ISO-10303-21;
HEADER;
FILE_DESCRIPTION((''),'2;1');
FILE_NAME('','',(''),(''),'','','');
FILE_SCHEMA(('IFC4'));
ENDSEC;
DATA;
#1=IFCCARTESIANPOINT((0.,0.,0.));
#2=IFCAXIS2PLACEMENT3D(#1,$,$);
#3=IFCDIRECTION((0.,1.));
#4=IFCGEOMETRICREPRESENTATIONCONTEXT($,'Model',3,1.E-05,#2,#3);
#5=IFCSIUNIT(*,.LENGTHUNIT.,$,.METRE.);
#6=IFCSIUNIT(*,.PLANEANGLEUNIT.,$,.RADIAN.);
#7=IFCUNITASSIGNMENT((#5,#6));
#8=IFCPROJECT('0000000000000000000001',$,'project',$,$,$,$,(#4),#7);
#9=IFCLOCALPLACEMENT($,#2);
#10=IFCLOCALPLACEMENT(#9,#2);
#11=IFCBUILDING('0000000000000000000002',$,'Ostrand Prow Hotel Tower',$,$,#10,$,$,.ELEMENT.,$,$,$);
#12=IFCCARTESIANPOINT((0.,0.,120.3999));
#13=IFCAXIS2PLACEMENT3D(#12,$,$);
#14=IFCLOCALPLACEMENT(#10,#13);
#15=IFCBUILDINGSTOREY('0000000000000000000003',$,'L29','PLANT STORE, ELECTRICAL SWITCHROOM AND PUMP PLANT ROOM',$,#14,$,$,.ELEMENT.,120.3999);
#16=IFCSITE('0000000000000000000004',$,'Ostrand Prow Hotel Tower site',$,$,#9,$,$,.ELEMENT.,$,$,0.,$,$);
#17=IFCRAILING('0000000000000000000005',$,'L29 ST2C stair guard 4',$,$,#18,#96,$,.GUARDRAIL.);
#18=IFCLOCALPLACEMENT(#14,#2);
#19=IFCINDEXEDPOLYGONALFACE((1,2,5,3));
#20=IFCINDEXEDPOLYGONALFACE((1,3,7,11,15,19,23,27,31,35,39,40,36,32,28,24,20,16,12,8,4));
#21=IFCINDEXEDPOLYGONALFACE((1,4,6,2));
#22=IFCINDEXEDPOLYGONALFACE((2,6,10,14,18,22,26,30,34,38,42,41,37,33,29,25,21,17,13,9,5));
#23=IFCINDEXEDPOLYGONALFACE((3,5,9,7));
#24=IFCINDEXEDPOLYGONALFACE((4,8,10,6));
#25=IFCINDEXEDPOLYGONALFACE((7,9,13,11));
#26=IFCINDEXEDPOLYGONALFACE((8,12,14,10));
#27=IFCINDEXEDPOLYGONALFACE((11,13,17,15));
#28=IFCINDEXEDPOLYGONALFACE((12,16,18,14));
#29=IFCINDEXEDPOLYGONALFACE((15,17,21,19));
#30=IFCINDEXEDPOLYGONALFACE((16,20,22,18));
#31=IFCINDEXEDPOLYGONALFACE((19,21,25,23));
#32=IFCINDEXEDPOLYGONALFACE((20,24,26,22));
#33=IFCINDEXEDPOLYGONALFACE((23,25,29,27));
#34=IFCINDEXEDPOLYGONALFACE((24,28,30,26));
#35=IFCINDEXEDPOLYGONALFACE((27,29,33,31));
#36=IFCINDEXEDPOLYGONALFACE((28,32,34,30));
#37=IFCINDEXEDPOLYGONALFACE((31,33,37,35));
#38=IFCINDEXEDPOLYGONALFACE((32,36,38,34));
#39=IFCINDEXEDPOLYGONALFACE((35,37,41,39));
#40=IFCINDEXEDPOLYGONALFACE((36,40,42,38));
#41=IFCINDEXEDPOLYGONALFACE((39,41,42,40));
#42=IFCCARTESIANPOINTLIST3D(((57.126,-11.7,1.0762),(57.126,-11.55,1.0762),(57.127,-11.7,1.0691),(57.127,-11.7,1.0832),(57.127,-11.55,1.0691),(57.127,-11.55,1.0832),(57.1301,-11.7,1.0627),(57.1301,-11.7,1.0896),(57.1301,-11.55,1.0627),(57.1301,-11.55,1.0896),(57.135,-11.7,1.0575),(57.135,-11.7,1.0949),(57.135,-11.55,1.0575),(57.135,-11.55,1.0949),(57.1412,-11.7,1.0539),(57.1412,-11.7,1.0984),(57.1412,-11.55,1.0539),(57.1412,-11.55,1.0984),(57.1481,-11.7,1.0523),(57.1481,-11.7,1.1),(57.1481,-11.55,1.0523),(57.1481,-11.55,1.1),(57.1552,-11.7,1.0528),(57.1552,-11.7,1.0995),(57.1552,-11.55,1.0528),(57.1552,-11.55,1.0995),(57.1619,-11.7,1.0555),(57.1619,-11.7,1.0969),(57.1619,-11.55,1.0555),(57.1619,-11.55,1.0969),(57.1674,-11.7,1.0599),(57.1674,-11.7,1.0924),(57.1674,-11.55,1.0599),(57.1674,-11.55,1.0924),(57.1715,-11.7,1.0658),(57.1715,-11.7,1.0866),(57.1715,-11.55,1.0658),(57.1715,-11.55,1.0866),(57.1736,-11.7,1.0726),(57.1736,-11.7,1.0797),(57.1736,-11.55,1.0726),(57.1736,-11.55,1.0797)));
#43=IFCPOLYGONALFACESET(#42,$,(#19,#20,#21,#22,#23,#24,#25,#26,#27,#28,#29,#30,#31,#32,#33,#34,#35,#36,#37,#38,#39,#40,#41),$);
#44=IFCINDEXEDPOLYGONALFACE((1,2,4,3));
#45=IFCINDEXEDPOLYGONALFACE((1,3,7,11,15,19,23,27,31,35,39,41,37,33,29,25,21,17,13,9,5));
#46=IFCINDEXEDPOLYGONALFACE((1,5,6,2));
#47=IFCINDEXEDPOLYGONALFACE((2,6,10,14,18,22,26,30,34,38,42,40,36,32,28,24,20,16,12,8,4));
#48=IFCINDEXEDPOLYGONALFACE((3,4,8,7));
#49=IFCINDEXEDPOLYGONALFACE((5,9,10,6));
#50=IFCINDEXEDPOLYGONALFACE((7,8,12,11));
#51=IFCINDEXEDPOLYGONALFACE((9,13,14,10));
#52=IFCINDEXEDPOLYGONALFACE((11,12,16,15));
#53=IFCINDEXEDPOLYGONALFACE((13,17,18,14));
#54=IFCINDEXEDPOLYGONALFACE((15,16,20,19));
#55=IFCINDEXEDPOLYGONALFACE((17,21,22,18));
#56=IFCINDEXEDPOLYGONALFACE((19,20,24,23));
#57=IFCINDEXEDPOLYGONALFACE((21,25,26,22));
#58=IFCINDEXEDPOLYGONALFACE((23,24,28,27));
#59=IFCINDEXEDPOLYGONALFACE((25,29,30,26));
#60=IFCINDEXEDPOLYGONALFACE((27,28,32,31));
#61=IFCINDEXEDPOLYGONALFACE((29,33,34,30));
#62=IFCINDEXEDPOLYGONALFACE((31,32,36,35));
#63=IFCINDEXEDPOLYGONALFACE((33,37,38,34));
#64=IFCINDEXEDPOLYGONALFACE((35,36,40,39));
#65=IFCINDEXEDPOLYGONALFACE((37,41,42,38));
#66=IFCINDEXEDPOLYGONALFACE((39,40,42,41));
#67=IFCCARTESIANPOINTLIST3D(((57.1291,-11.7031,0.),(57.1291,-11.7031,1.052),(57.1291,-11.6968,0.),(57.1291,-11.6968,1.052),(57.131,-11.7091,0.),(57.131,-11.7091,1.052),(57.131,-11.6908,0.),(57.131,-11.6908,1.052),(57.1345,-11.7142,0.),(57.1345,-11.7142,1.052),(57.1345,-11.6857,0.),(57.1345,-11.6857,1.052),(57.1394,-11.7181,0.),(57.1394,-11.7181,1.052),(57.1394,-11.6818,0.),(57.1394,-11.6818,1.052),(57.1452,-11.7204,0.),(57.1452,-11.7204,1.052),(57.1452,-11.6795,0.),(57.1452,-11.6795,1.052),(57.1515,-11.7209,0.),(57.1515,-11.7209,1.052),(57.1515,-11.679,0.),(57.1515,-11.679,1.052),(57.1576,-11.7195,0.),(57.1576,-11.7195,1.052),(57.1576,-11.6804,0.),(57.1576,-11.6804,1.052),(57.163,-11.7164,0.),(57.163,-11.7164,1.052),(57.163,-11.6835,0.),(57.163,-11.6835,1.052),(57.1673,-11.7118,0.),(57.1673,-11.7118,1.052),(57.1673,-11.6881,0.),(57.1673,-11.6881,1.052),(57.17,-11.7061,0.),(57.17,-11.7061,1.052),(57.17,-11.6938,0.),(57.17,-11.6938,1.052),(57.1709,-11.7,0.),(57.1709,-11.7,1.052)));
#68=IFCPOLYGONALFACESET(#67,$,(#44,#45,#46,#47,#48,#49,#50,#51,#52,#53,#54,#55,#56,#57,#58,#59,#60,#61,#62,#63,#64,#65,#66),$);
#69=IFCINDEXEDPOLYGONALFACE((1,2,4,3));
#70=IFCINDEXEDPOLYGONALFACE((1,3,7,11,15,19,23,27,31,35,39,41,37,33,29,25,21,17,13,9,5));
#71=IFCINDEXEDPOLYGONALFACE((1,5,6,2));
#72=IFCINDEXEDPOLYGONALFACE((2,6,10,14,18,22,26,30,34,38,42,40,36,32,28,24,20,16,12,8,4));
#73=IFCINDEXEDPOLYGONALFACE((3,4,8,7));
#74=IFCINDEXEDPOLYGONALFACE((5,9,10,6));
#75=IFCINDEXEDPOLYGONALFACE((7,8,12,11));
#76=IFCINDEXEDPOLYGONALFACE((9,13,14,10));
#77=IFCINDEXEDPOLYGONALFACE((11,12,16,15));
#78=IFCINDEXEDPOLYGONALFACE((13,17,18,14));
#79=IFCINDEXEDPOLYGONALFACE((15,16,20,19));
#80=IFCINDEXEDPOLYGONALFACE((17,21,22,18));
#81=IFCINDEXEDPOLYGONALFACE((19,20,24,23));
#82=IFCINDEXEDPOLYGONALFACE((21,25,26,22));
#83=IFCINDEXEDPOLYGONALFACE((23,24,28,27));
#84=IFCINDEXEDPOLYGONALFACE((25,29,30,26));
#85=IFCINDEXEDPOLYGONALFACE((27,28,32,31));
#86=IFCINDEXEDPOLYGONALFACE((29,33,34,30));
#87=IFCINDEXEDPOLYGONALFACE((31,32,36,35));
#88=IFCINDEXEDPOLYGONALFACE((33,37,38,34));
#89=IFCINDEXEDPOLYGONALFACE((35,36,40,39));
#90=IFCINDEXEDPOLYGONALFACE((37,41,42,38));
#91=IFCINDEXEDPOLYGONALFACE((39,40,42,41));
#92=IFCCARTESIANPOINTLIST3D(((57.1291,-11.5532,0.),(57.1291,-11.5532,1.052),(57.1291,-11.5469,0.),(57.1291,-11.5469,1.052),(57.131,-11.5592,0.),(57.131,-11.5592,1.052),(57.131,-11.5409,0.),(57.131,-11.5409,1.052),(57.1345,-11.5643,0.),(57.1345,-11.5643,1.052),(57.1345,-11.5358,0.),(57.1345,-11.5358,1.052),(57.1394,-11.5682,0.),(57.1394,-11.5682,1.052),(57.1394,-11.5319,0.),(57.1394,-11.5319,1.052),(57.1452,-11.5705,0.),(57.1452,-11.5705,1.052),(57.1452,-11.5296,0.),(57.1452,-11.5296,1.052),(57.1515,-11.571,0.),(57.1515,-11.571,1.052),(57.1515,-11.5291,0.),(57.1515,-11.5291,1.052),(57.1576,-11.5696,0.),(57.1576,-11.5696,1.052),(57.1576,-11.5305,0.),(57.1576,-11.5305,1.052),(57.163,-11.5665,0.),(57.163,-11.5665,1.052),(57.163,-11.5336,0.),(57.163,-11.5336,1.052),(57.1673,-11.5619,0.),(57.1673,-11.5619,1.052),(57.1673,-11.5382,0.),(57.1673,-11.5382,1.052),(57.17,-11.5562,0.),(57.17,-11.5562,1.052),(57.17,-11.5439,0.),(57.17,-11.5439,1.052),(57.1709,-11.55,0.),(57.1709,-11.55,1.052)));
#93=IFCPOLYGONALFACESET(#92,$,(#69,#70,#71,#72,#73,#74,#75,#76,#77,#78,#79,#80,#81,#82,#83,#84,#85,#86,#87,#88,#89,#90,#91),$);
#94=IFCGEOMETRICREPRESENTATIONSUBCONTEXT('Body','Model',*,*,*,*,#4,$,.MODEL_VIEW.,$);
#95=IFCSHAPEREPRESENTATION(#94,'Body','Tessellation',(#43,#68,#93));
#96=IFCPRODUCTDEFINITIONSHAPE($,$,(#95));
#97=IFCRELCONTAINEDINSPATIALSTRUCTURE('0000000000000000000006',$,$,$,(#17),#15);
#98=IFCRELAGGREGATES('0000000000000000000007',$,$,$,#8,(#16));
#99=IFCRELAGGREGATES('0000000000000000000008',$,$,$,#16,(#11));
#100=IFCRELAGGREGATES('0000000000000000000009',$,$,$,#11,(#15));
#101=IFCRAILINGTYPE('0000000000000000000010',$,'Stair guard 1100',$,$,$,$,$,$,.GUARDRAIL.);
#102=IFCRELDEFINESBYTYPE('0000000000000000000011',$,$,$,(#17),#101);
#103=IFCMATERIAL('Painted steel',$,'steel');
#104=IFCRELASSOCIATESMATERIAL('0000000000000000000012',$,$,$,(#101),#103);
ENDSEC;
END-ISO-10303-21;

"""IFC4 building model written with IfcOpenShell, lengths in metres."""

from ifc_helpers import new_model, si_unit, direction, frame, origin, origin_2d, place, context, subcontext, project, spatial, circle, extrude, material, type_object, element, save


model = new_model("IFC4")

# Units and contexts
model_context = context("Model", 3, precision=1e-05, world=origin(), true_north=direction((0.0, 1.0)))
body_context = subcontext(model_context, "Body", "Model", "MODEL_VIEW")
ifc_project = project(units=[si_unit("LENGTHUNIT", "METRE"), si_unit("PLANEANGLEUNIT", "RADIAN")], contexts=[model_context])

# Site, building, storey
site_placement = place(None, origin())
site = spatial("IfcSite", under=ifc_project, at=site_placement, Name="Ostrand Prow Hotel Tower site", CompositionType="ELEMENT", RefElevation=0.0)
building_placement = place(site_placement, origin())
building = spatial("IfcBuilding", under=site, at=building_placement, Name="Ostrand Prow Hotel Tower", CompositionType="ELEMENT")
storey_placement = place(building_placement, frame((0.0, 0.0, 120.3999)))
storey = spatial("IfcBuildingStorey", under=building, at=storey_placement, Name="L29", Description="PLANT STORE, ELECTRICAL SWITCHROOM AND PUMP PLANT ROOM", CompositionType="ELEMENT", Elevation=120.3999)

# Railing
ifc_material_1 = material(Name="Painted steel", Category="steel")
railing_type_1 = type_object("IfcRailingType", Name="Stair guard 1100", PredefinedType="GUARDRAIL", material=ifc_material_1)
railing_1_placement = place(storey_placement, frame((57.1499, -11.7, 0.0)))
element("IfcRailing", 1, at=railing_1_placement, inside=storey, type_object=railing_type_1, Name="L29 ST2C stair guard 4", PredefinedType="GUARDRAIL", context=body_context, shape_type="SweptSolid", body=[
    extrude(circle(Radius=0.0239, at=origin_2d()), frame((0.0, 0.0, 1.0762), z_axis=(0.0, 1.0, 0.0), x_axis=(-1.0, 0.0, 0.0)), (0.0, 0.0, 1.0), 0.1499),
    extrude(circle(Radius=0.021, at=origin_2d()), origin(), (0.0, 0.0, 1.0), 1.052),
    extrude(circle(Radius=0.021, at=origin_2d()), frame((0.0, 0.1499, 0.0)), (0.0, 0.0, 1.0), 1.052),
])

save(model, "model.ifc")
